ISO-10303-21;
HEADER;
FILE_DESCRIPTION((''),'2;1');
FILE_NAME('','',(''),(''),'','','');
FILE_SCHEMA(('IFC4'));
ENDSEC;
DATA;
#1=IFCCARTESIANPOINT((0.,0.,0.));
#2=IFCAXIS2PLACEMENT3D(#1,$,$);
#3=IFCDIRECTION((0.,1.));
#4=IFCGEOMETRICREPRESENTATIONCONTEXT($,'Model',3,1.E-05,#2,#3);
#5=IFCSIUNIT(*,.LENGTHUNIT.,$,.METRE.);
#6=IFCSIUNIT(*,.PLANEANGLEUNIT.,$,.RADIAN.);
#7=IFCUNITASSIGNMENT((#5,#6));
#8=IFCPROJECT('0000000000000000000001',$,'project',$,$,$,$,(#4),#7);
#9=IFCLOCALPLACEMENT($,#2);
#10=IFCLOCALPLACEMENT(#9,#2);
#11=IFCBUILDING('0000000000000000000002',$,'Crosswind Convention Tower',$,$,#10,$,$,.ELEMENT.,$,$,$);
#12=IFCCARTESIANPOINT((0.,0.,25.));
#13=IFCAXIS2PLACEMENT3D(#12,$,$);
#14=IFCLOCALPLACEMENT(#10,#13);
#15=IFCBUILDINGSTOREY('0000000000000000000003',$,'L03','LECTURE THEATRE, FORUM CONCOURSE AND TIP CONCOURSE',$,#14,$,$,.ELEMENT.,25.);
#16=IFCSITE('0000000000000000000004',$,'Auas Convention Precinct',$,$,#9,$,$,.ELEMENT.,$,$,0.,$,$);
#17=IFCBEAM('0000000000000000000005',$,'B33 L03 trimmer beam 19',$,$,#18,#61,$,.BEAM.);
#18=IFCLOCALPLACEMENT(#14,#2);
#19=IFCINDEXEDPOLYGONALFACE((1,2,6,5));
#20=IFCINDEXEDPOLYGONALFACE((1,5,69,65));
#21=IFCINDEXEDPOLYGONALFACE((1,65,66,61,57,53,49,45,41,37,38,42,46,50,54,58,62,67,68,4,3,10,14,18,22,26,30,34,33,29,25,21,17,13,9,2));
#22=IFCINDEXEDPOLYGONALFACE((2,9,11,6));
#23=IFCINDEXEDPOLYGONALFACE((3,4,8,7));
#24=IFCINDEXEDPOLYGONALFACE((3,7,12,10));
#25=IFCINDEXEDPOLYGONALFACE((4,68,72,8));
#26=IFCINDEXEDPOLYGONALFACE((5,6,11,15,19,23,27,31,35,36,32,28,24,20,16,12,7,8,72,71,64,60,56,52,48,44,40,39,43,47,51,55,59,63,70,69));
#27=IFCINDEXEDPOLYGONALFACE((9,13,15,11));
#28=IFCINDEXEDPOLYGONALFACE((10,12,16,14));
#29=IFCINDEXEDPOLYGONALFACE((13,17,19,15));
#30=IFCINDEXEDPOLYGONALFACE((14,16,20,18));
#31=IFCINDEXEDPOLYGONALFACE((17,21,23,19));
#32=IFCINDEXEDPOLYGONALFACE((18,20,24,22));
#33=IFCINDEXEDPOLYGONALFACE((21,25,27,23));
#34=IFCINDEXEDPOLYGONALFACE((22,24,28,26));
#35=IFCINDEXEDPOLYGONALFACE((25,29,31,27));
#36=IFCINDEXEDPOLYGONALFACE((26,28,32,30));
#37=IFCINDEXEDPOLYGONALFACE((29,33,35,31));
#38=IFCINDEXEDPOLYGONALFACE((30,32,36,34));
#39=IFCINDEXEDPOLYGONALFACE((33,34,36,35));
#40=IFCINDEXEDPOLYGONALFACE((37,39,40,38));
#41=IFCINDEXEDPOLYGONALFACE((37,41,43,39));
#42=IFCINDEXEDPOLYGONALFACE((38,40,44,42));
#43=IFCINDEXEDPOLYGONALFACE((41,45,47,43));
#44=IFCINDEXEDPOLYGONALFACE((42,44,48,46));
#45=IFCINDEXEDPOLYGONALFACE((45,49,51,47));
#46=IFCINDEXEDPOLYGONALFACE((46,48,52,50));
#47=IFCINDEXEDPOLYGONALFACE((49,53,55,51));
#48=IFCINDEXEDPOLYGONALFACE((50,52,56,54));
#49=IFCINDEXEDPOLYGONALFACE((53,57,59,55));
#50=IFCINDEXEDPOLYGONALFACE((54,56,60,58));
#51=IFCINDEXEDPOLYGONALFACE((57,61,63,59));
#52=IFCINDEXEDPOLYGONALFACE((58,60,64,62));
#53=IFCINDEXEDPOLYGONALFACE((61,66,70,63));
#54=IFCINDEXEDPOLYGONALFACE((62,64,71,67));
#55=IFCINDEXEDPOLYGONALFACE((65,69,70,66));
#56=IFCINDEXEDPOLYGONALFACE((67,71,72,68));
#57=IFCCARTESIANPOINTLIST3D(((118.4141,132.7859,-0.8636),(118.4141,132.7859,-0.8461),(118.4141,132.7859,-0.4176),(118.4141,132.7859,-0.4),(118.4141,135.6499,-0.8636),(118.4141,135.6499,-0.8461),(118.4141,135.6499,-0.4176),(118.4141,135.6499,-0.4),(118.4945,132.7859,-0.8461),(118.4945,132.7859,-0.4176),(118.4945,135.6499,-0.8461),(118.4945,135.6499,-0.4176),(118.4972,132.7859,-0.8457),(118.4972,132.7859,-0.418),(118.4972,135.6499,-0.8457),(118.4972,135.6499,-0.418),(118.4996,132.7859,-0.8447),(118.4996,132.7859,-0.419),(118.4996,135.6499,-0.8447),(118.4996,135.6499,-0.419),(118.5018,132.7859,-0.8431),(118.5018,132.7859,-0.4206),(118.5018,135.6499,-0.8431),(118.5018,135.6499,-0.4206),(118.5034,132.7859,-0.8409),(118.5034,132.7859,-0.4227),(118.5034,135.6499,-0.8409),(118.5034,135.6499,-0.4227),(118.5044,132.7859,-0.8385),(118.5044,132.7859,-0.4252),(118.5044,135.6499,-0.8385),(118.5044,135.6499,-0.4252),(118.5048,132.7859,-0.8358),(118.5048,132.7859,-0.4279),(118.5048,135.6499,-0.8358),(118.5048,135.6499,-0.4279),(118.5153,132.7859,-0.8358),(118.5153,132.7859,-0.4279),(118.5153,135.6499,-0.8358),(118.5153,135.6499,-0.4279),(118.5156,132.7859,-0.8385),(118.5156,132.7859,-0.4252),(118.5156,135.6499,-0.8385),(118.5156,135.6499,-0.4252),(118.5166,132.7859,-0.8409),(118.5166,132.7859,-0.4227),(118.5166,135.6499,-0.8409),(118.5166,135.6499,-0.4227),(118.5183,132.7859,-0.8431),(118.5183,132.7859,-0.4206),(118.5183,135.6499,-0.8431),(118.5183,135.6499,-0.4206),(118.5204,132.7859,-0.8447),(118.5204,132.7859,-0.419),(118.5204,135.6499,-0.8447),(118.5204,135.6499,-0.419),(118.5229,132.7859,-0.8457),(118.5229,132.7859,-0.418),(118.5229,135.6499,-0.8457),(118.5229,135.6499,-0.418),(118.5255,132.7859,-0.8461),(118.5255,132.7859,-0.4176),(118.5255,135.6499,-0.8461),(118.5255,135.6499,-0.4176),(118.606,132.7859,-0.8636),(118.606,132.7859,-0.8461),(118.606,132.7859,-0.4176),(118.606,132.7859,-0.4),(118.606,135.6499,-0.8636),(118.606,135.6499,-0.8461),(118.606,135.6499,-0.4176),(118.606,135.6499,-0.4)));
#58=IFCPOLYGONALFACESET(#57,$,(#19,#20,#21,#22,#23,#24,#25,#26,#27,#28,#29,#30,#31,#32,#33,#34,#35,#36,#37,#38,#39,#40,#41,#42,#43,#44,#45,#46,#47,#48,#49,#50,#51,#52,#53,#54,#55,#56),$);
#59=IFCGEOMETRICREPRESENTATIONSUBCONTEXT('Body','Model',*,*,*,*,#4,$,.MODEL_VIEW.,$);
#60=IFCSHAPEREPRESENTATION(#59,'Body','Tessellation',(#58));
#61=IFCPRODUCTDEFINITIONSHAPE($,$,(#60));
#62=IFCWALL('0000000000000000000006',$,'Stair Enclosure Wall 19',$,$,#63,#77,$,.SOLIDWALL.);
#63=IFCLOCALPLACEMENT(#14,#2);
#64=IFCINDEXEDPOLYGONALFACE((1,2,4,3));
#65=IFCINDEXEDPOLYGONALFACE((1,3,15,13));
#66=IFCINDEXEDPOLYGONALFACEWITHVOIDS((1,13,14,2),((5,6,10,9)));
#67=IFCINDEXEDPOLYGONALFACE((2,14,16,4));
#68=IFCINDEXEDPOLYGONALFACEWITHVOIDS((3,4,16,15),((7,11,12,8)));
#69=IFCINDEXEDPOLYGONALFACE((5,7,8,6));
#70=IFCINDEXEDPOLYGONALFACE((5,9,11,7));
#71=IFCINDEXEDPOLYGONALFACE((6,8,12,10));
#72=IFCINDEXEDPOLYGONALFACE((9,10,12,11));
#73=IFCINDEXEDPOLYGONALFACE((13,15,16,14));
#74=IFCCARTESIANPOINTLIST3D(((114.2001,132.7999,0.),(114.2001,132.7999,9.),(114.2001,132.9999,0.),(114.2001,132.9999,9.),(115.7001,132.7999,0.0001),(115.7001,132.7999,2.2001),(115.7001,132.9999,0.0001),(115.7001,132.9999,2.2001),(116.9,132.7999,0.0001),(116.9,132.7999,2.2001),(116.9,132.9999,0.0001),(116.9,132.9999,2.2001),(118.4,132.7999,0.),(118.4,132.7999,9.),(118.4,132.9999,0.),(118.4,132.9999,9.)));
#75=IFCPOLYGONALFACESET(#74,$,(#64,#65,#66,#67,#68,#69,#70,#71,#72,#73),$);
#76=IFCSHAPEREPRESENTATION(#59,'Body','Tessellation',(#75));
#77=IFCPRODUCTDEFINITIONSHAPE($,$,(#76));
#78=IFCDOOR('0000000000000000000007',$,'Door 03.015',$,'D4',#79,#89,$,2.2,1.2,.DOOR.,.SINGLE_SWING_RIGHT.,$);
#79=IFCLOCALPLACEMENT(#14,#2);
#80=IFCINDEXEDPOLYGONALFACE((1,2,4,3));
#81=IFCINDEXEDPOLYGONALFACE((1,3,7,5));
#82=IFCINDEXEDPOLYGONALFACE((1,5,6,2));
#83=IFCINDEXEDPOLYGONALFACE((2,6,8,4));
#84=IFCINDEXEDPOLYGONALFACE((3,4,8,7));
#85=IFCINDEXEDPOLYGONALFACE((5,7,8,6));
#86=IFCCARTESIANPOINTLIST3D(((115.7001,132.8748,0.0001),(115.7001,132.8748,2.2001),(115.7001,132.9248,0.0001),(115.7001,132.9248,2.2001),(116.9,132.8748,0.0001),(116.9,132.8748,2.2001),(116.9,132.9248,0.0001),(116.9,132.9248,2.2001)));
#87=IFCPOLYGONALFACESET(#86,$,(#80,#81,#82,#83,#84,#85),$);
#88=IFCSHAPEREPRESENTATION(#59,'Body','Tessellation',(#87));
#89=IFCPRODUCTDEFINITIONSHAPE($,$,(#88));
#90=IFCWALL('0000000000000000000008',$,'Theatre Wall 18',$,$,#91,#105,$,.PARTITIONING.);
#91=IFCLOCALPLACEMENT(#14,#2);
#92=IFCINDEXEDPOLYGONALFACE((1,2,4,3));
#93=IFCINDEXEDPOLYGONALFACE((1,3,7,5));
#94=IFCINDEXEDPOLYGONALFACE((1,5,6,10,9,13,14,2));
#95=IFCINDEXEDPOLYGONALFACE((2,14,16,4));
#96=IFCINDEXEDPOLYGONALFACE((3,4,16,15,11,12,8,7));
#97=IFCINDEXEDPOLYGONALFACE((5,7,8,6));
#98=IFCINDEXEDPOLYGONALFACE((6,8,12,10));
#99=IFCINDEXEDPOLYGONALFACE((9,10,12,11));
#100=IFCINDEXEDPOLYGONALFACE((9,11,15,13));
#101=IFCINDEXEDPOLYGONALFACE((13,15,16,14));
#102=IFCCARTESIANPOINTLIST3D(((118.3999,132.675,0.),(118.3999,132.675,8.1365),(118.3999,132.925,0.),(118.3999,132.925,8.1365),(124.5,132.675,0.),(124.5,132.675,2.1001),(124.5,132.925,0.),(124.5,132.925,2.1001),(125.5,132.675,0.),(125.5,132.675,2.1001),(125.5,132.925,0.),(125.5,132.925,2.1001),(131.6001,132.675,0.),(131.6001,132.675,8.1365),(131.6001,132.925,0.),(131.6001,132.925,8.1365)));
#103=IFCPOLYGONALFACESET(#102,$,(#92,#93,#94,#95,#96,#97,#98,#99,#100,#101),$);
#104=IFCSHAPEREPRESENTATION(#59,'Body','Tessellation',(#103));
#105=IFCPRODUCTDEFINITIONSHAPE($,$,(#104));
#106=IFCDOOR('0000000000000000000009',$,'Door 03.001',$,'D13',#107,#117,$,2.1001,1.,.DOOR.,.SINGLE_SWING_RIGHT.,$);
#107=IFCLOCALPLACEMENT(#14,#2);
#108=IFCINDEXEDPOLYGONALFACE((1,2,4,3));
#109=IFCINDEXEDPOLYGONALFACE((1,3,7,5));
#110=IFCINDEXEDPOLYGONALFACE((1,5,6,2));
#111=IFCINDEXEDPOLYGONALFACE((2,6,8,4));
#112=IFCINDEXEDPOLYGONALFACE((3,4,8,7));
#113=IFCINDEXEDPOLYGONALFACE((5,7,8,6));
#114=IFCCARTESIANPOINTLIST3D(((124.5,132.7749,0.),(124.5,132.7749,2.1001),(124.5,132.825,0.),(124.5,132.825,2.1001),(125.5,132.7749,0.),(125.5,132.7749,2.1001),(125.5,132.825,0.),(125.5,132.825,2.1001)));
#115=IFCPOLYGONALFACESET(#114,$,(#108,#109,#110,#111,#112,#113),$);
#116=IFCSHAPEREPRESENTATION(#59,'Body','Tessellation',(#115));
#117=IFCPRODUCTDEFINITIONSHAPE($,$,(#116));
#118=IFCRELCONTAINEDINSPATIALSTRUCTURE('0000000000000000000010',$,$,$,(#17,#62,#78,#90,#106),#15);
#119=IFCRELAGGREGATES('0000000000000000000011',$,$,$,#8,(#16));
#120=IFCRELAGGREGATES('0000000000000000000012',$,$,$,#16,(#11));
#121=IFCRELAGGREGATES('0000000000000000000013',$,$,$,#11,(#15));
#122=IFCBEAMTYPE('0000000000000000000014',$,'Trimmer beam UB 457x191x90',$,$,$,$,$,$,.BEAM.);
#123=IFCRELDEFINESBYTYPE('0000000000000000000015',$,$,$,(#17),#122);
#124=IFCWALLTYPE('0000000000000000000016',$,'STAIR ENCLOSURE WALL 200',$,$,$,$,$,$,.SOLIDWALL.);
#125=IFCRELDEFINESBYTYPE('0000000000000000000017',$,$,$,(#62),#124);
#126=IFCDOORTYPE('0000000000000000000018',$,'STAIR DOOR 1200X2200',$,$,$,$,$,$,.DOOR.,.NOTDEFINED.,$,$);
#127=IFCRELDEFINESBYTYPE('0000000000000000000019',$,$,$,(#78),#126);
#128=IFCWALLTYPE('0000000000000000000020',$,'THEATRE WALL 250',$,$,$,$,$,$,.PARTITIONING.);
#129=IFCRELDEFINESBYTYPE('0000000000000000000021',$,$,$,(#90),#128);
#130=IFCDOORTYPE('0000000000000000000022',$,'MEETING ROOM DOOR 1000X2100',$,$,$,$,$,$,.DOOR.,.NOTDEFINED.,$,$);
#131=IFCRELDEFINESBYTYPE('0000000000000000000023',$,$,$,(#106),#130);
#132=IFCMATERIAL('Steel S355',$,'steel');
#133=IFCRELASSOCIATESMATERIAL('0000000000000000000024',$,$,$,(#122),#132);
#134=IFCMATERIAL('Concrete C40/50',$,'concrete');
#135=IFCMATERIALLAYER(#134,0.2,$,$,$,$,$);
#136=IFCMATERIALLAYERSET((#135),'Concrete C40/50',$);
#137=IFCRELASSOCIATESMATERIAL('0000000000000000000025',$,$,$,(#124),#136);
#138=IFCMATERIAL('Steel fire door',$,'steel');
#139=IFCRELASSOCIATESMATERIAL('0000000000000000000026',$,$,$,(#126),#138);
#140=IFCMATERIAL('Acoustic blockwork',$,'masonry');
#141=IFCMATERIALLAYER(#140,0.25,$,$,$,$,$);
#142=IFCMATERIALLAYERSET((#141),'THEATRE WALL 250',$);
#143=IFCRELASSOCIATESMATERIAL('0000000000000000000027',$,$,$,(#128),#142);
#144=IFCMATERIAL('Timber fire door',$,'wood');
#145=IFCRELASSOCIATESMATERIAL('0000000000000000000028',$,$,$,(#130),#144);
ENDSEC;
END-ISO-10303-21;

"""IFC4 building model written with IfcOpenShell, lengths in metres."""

from ifc_helpers import new_model, si_unit, direction, frame, frame_2d, origin, origin_2d, place, context, subcontext, project, spatial, rectangle, i_section, extrude, material, layer, layer_set, material_profile, profile_set, type_object, element, fill, save


model = new_model("IFC4")

# Units and contexts
model_context = context("Model", 3, precision=1e-05, world=origin(), true_north=direction((0.0, 1.0)))
body_context = subcontext(model_context, "Body", "Model", "MODEL_VIEW")
ifc_project = project(units=[si_unit("LENGTHUNIT", "METRE"), si_unit("PLANEANGLEUNIT", "RADIAN")], contexts=[model_context])

# Site, building, storey
site_placement = place(None, origin())
site = spatial("IfcSite", under=ifc_project, at=site_placement, Name="Auas Convention Precinct", CompositionType="ELEMENT", RefElevation=0.0)
building_placement = place(site_placement, origin())
building = spatial("IfcBuilding", under=site, at=building_placement, Name="Crosswind Convention Tower", CompositionType="ELEMENT")
storey_placement = place(building_placement, frame((0.0, 0.0, 25.0)))
storey = spatial("IfcBuildingStorey", under=building, at=storey_placement, Name="L03", Description="LECTURE THEATRE, FORUM CONCOURSE AND TIP CONCOURSE", CompositionType="ELEMENT", Elevation=25.0)

# Beam
ifc_material_1 = material(Name="Steel S355", Category="steel")
ifc_material_profile_1 = material_profile(ifc_material_1, i_section(OverallWidth=0.1919, OverallDepth=0.4636, WebThickness=0.0105, FlangeThickness=0.0176, FilletRadius=0.0103, at=origin_2d()), Name="UB 457x191x90")
ifc_profile_set_1 = profile_set([ifc_material_profile_1], Name="Steel S355")
beam_type_1 = type_object("IfcBeamType", Name="Trimmer beam UB 457x191x90", PredefinedType="BEAM", material=ifc_profile_set_1)
beam_1_placement = place(storey_placement, frame((118.51, 132.7859, -0.6318), z_axis=(0.0, 1.0, 0.0), x_axis=(-1.0, 0.0, 0.0)))
element("IfcBeam", 1, at=beam_1_placement, inside=storey, type_object=beam_type_1, Name="B33 L03 trimmer beam 19", PredefinedType="BEAM", context=body_context, shape_type="SweptSolid", body=[
    extrude(i_section(OverallWidth=0.1919, OverallDepth=0.4636, WebThickness=0.0105, FlangeThickness=0.0176, FilletRadius=0.0103, at=origin_2d()), origin(), (0.0, 0.0, 1.0), 2.864),
])

# Walls, openings, doors
ifc_material_2 = material(Name="Concrete C40/50", Category="concrete")
ifc_layer_1 = layer(ifc_material_2, 0.2)
ifc_layer_set_1 = layer_set([ifc_layer_1], Name="Concrete C40/50")
wall_type_1 = type_object("IfcWallType", Name="STAIR ENCLOSURE WALL 200", PredefinedType="SOLIDWALL", material=ifc_layer_set_1)
wall_1_placement = place(storey_placement, frame((114.2, 132.8999, 0.0), z_axis=(0.0, 0.0, 1.0), x_axis=(1.0, 0.0, 0.0)))
wall_1 = element("IfcWall", 2, at=wall_1_placement, inside=storey, type_object=wall_type_1, Name="Stair Enclosure Wall 19", PredefinedType="SOLIDWALL", context=body_context, shape_type="SweptSolid", body=[
    extrude(rectangle(XDim=4.2, YDim=0.2, at=frame_2d((2.1001, 0.0))), origin(), (0.0, 0.0, 1.0), 9.0),
])
opening_1_placement = place(wall_1_placement, frame((1.5, 0.0, 0.0)))
opening_1 = element("IfcOpeningElement", 3, at=opening_1_placement, cuts=wall_1, PredefinedType="OPENING", context=body_context, shape_type="SweptSolid", body=[
    extrude(rectangle(XDim=1.2, YDim=2.2, at=frame_2d((0.6001, 1.1001))), frame((0.0, 0.1099, 0.0), z_axis=(0.0, -1.0, 0.0), x_axis=(1.0, 0.0, 0.0)), (0.0, 0.0, 1.0), 0.22),
])
ifc_material_3 = material(Name="Steel fire door", Category="steel")
door_type_1 = type_object("IfcDoorType", Name="STAIR DOOR 1200X2200", OperationType="NOTDEFINED", PredefinedType="DOOR", material=ifc_material_3)
door_1_placement = place(opening_1_placement, origin())
door_1 = element("IfcDoor", 4, at=door_1_placement, inside=storey, type_object=door_type_1, Name="Door 03.015", ObjectType="D4", OperationType="SINGLE_SWING_RIGHT", OverallHeight=2.2, OverallWidth=1.2, PredefinedType="DOOR", context=body_context, shape_type="SweptSolid", body=[
    extrude(rectangle(XDim=1.2, YDim=2.2, at=frame_2d((0.6001, 1.1001))), frame((0.0, 0.0249, 0.0), z_axis=(0.0, -1.0, 0.0), x_axis=(1.0, 0.0, 0.0)), (0.0, 0.0, 1.0), 0.05),
])
fill(opening_1, door_1)
ifc_material_4 = material(Name="Acoustic blockwork", Category="masonry")
ifc_layer_2 = layer(ifc_material_4, 0.25)
ifc_layer_set_2 = layer_set([ifc_layer_2], Name="THEATRE WALL 250")
wall_type_2 = type_object("IfcWallType", Name="THEATRE WALL 250", PredefinedType="PARTITIONING", material=ifc_layer_set_2)
wall_2_placement = place(storey_placement, frame((118.3999, 132.8, 0.0), z_axis=(0.0, 0.0, 1.0), x_axis=(1.0, 0.0, 0.0)))
wall_2 = element("IfcWall", 5, at=wall_2_placement, inside=storey, type_object=wall_type_2, Name="Theatre Wall 18", PredefinedType="PARTITIONING", context=body_context, shape_type="SweptSolid", body=[
    extrude(rectangle(XDim=13.2002, YDim=0.25, at=frame_2d((6.6001, 0.0))), origin(), (0.0, 0.0, 1.0), 8.1365),
])
opening_2_placement = place(wall_2_placement, frame((6.1001, 0.0, 0.0)))
opening_2 = element("IfcOpeningElement", 6, at=opening_2_placement, cuts=wall_2, PredefinedType="OPENING", context=body_context, shape_type="SweptSolid", body=[
    extrude(rectangle(XDim=1.0, YDim=2.1001, at=frame_2d((0.5, 1.05))), frame((0.0, 0.135, 0.0), z_axis=(0.0, -1.0, 0.0), x_axis=(1.0, 0.0, 0.0)), (0.0, 0.0, 1.0), 0.27),
])
ifc_material_5 = material(Name="Timber fire door", Category="wood")
door_type_2 = type_object("IfcDoorType", Name="MEETING ROOM DOOR 1000X2100", OperationType="NOTDEFINED", PredefinedType="DOOR", material=ifc_material_5)
door_2_placement = place(opening_2_placement, origin())
door_2 = element("IfcDoor", 7, at=door_2_placement, inside=storey, type_object=door_type_2, Name="Door 03.001", ObjectType="D13", OperationType="SINGLE_SWING_RIGHT", OverallHeight=2.1001, OverallWidth=1.0, PredefinedType="DOOR", context=body_context, shape_type="SweptSolid", body=[
    extrude(rectangle(XDim=1.0, YDim=2.1001, at=frame_2d((0.5, 1.05))), frame((0.0, 0.0249, 0.0), z_axis=(0.0, -1.0, 0.0), x_axis=(1.0, 0.0, 0.0)), (0.0, 0.0, 1.0), 0.05),
])
fill(opening_2, door_2)

save(model, "model.ifc")
